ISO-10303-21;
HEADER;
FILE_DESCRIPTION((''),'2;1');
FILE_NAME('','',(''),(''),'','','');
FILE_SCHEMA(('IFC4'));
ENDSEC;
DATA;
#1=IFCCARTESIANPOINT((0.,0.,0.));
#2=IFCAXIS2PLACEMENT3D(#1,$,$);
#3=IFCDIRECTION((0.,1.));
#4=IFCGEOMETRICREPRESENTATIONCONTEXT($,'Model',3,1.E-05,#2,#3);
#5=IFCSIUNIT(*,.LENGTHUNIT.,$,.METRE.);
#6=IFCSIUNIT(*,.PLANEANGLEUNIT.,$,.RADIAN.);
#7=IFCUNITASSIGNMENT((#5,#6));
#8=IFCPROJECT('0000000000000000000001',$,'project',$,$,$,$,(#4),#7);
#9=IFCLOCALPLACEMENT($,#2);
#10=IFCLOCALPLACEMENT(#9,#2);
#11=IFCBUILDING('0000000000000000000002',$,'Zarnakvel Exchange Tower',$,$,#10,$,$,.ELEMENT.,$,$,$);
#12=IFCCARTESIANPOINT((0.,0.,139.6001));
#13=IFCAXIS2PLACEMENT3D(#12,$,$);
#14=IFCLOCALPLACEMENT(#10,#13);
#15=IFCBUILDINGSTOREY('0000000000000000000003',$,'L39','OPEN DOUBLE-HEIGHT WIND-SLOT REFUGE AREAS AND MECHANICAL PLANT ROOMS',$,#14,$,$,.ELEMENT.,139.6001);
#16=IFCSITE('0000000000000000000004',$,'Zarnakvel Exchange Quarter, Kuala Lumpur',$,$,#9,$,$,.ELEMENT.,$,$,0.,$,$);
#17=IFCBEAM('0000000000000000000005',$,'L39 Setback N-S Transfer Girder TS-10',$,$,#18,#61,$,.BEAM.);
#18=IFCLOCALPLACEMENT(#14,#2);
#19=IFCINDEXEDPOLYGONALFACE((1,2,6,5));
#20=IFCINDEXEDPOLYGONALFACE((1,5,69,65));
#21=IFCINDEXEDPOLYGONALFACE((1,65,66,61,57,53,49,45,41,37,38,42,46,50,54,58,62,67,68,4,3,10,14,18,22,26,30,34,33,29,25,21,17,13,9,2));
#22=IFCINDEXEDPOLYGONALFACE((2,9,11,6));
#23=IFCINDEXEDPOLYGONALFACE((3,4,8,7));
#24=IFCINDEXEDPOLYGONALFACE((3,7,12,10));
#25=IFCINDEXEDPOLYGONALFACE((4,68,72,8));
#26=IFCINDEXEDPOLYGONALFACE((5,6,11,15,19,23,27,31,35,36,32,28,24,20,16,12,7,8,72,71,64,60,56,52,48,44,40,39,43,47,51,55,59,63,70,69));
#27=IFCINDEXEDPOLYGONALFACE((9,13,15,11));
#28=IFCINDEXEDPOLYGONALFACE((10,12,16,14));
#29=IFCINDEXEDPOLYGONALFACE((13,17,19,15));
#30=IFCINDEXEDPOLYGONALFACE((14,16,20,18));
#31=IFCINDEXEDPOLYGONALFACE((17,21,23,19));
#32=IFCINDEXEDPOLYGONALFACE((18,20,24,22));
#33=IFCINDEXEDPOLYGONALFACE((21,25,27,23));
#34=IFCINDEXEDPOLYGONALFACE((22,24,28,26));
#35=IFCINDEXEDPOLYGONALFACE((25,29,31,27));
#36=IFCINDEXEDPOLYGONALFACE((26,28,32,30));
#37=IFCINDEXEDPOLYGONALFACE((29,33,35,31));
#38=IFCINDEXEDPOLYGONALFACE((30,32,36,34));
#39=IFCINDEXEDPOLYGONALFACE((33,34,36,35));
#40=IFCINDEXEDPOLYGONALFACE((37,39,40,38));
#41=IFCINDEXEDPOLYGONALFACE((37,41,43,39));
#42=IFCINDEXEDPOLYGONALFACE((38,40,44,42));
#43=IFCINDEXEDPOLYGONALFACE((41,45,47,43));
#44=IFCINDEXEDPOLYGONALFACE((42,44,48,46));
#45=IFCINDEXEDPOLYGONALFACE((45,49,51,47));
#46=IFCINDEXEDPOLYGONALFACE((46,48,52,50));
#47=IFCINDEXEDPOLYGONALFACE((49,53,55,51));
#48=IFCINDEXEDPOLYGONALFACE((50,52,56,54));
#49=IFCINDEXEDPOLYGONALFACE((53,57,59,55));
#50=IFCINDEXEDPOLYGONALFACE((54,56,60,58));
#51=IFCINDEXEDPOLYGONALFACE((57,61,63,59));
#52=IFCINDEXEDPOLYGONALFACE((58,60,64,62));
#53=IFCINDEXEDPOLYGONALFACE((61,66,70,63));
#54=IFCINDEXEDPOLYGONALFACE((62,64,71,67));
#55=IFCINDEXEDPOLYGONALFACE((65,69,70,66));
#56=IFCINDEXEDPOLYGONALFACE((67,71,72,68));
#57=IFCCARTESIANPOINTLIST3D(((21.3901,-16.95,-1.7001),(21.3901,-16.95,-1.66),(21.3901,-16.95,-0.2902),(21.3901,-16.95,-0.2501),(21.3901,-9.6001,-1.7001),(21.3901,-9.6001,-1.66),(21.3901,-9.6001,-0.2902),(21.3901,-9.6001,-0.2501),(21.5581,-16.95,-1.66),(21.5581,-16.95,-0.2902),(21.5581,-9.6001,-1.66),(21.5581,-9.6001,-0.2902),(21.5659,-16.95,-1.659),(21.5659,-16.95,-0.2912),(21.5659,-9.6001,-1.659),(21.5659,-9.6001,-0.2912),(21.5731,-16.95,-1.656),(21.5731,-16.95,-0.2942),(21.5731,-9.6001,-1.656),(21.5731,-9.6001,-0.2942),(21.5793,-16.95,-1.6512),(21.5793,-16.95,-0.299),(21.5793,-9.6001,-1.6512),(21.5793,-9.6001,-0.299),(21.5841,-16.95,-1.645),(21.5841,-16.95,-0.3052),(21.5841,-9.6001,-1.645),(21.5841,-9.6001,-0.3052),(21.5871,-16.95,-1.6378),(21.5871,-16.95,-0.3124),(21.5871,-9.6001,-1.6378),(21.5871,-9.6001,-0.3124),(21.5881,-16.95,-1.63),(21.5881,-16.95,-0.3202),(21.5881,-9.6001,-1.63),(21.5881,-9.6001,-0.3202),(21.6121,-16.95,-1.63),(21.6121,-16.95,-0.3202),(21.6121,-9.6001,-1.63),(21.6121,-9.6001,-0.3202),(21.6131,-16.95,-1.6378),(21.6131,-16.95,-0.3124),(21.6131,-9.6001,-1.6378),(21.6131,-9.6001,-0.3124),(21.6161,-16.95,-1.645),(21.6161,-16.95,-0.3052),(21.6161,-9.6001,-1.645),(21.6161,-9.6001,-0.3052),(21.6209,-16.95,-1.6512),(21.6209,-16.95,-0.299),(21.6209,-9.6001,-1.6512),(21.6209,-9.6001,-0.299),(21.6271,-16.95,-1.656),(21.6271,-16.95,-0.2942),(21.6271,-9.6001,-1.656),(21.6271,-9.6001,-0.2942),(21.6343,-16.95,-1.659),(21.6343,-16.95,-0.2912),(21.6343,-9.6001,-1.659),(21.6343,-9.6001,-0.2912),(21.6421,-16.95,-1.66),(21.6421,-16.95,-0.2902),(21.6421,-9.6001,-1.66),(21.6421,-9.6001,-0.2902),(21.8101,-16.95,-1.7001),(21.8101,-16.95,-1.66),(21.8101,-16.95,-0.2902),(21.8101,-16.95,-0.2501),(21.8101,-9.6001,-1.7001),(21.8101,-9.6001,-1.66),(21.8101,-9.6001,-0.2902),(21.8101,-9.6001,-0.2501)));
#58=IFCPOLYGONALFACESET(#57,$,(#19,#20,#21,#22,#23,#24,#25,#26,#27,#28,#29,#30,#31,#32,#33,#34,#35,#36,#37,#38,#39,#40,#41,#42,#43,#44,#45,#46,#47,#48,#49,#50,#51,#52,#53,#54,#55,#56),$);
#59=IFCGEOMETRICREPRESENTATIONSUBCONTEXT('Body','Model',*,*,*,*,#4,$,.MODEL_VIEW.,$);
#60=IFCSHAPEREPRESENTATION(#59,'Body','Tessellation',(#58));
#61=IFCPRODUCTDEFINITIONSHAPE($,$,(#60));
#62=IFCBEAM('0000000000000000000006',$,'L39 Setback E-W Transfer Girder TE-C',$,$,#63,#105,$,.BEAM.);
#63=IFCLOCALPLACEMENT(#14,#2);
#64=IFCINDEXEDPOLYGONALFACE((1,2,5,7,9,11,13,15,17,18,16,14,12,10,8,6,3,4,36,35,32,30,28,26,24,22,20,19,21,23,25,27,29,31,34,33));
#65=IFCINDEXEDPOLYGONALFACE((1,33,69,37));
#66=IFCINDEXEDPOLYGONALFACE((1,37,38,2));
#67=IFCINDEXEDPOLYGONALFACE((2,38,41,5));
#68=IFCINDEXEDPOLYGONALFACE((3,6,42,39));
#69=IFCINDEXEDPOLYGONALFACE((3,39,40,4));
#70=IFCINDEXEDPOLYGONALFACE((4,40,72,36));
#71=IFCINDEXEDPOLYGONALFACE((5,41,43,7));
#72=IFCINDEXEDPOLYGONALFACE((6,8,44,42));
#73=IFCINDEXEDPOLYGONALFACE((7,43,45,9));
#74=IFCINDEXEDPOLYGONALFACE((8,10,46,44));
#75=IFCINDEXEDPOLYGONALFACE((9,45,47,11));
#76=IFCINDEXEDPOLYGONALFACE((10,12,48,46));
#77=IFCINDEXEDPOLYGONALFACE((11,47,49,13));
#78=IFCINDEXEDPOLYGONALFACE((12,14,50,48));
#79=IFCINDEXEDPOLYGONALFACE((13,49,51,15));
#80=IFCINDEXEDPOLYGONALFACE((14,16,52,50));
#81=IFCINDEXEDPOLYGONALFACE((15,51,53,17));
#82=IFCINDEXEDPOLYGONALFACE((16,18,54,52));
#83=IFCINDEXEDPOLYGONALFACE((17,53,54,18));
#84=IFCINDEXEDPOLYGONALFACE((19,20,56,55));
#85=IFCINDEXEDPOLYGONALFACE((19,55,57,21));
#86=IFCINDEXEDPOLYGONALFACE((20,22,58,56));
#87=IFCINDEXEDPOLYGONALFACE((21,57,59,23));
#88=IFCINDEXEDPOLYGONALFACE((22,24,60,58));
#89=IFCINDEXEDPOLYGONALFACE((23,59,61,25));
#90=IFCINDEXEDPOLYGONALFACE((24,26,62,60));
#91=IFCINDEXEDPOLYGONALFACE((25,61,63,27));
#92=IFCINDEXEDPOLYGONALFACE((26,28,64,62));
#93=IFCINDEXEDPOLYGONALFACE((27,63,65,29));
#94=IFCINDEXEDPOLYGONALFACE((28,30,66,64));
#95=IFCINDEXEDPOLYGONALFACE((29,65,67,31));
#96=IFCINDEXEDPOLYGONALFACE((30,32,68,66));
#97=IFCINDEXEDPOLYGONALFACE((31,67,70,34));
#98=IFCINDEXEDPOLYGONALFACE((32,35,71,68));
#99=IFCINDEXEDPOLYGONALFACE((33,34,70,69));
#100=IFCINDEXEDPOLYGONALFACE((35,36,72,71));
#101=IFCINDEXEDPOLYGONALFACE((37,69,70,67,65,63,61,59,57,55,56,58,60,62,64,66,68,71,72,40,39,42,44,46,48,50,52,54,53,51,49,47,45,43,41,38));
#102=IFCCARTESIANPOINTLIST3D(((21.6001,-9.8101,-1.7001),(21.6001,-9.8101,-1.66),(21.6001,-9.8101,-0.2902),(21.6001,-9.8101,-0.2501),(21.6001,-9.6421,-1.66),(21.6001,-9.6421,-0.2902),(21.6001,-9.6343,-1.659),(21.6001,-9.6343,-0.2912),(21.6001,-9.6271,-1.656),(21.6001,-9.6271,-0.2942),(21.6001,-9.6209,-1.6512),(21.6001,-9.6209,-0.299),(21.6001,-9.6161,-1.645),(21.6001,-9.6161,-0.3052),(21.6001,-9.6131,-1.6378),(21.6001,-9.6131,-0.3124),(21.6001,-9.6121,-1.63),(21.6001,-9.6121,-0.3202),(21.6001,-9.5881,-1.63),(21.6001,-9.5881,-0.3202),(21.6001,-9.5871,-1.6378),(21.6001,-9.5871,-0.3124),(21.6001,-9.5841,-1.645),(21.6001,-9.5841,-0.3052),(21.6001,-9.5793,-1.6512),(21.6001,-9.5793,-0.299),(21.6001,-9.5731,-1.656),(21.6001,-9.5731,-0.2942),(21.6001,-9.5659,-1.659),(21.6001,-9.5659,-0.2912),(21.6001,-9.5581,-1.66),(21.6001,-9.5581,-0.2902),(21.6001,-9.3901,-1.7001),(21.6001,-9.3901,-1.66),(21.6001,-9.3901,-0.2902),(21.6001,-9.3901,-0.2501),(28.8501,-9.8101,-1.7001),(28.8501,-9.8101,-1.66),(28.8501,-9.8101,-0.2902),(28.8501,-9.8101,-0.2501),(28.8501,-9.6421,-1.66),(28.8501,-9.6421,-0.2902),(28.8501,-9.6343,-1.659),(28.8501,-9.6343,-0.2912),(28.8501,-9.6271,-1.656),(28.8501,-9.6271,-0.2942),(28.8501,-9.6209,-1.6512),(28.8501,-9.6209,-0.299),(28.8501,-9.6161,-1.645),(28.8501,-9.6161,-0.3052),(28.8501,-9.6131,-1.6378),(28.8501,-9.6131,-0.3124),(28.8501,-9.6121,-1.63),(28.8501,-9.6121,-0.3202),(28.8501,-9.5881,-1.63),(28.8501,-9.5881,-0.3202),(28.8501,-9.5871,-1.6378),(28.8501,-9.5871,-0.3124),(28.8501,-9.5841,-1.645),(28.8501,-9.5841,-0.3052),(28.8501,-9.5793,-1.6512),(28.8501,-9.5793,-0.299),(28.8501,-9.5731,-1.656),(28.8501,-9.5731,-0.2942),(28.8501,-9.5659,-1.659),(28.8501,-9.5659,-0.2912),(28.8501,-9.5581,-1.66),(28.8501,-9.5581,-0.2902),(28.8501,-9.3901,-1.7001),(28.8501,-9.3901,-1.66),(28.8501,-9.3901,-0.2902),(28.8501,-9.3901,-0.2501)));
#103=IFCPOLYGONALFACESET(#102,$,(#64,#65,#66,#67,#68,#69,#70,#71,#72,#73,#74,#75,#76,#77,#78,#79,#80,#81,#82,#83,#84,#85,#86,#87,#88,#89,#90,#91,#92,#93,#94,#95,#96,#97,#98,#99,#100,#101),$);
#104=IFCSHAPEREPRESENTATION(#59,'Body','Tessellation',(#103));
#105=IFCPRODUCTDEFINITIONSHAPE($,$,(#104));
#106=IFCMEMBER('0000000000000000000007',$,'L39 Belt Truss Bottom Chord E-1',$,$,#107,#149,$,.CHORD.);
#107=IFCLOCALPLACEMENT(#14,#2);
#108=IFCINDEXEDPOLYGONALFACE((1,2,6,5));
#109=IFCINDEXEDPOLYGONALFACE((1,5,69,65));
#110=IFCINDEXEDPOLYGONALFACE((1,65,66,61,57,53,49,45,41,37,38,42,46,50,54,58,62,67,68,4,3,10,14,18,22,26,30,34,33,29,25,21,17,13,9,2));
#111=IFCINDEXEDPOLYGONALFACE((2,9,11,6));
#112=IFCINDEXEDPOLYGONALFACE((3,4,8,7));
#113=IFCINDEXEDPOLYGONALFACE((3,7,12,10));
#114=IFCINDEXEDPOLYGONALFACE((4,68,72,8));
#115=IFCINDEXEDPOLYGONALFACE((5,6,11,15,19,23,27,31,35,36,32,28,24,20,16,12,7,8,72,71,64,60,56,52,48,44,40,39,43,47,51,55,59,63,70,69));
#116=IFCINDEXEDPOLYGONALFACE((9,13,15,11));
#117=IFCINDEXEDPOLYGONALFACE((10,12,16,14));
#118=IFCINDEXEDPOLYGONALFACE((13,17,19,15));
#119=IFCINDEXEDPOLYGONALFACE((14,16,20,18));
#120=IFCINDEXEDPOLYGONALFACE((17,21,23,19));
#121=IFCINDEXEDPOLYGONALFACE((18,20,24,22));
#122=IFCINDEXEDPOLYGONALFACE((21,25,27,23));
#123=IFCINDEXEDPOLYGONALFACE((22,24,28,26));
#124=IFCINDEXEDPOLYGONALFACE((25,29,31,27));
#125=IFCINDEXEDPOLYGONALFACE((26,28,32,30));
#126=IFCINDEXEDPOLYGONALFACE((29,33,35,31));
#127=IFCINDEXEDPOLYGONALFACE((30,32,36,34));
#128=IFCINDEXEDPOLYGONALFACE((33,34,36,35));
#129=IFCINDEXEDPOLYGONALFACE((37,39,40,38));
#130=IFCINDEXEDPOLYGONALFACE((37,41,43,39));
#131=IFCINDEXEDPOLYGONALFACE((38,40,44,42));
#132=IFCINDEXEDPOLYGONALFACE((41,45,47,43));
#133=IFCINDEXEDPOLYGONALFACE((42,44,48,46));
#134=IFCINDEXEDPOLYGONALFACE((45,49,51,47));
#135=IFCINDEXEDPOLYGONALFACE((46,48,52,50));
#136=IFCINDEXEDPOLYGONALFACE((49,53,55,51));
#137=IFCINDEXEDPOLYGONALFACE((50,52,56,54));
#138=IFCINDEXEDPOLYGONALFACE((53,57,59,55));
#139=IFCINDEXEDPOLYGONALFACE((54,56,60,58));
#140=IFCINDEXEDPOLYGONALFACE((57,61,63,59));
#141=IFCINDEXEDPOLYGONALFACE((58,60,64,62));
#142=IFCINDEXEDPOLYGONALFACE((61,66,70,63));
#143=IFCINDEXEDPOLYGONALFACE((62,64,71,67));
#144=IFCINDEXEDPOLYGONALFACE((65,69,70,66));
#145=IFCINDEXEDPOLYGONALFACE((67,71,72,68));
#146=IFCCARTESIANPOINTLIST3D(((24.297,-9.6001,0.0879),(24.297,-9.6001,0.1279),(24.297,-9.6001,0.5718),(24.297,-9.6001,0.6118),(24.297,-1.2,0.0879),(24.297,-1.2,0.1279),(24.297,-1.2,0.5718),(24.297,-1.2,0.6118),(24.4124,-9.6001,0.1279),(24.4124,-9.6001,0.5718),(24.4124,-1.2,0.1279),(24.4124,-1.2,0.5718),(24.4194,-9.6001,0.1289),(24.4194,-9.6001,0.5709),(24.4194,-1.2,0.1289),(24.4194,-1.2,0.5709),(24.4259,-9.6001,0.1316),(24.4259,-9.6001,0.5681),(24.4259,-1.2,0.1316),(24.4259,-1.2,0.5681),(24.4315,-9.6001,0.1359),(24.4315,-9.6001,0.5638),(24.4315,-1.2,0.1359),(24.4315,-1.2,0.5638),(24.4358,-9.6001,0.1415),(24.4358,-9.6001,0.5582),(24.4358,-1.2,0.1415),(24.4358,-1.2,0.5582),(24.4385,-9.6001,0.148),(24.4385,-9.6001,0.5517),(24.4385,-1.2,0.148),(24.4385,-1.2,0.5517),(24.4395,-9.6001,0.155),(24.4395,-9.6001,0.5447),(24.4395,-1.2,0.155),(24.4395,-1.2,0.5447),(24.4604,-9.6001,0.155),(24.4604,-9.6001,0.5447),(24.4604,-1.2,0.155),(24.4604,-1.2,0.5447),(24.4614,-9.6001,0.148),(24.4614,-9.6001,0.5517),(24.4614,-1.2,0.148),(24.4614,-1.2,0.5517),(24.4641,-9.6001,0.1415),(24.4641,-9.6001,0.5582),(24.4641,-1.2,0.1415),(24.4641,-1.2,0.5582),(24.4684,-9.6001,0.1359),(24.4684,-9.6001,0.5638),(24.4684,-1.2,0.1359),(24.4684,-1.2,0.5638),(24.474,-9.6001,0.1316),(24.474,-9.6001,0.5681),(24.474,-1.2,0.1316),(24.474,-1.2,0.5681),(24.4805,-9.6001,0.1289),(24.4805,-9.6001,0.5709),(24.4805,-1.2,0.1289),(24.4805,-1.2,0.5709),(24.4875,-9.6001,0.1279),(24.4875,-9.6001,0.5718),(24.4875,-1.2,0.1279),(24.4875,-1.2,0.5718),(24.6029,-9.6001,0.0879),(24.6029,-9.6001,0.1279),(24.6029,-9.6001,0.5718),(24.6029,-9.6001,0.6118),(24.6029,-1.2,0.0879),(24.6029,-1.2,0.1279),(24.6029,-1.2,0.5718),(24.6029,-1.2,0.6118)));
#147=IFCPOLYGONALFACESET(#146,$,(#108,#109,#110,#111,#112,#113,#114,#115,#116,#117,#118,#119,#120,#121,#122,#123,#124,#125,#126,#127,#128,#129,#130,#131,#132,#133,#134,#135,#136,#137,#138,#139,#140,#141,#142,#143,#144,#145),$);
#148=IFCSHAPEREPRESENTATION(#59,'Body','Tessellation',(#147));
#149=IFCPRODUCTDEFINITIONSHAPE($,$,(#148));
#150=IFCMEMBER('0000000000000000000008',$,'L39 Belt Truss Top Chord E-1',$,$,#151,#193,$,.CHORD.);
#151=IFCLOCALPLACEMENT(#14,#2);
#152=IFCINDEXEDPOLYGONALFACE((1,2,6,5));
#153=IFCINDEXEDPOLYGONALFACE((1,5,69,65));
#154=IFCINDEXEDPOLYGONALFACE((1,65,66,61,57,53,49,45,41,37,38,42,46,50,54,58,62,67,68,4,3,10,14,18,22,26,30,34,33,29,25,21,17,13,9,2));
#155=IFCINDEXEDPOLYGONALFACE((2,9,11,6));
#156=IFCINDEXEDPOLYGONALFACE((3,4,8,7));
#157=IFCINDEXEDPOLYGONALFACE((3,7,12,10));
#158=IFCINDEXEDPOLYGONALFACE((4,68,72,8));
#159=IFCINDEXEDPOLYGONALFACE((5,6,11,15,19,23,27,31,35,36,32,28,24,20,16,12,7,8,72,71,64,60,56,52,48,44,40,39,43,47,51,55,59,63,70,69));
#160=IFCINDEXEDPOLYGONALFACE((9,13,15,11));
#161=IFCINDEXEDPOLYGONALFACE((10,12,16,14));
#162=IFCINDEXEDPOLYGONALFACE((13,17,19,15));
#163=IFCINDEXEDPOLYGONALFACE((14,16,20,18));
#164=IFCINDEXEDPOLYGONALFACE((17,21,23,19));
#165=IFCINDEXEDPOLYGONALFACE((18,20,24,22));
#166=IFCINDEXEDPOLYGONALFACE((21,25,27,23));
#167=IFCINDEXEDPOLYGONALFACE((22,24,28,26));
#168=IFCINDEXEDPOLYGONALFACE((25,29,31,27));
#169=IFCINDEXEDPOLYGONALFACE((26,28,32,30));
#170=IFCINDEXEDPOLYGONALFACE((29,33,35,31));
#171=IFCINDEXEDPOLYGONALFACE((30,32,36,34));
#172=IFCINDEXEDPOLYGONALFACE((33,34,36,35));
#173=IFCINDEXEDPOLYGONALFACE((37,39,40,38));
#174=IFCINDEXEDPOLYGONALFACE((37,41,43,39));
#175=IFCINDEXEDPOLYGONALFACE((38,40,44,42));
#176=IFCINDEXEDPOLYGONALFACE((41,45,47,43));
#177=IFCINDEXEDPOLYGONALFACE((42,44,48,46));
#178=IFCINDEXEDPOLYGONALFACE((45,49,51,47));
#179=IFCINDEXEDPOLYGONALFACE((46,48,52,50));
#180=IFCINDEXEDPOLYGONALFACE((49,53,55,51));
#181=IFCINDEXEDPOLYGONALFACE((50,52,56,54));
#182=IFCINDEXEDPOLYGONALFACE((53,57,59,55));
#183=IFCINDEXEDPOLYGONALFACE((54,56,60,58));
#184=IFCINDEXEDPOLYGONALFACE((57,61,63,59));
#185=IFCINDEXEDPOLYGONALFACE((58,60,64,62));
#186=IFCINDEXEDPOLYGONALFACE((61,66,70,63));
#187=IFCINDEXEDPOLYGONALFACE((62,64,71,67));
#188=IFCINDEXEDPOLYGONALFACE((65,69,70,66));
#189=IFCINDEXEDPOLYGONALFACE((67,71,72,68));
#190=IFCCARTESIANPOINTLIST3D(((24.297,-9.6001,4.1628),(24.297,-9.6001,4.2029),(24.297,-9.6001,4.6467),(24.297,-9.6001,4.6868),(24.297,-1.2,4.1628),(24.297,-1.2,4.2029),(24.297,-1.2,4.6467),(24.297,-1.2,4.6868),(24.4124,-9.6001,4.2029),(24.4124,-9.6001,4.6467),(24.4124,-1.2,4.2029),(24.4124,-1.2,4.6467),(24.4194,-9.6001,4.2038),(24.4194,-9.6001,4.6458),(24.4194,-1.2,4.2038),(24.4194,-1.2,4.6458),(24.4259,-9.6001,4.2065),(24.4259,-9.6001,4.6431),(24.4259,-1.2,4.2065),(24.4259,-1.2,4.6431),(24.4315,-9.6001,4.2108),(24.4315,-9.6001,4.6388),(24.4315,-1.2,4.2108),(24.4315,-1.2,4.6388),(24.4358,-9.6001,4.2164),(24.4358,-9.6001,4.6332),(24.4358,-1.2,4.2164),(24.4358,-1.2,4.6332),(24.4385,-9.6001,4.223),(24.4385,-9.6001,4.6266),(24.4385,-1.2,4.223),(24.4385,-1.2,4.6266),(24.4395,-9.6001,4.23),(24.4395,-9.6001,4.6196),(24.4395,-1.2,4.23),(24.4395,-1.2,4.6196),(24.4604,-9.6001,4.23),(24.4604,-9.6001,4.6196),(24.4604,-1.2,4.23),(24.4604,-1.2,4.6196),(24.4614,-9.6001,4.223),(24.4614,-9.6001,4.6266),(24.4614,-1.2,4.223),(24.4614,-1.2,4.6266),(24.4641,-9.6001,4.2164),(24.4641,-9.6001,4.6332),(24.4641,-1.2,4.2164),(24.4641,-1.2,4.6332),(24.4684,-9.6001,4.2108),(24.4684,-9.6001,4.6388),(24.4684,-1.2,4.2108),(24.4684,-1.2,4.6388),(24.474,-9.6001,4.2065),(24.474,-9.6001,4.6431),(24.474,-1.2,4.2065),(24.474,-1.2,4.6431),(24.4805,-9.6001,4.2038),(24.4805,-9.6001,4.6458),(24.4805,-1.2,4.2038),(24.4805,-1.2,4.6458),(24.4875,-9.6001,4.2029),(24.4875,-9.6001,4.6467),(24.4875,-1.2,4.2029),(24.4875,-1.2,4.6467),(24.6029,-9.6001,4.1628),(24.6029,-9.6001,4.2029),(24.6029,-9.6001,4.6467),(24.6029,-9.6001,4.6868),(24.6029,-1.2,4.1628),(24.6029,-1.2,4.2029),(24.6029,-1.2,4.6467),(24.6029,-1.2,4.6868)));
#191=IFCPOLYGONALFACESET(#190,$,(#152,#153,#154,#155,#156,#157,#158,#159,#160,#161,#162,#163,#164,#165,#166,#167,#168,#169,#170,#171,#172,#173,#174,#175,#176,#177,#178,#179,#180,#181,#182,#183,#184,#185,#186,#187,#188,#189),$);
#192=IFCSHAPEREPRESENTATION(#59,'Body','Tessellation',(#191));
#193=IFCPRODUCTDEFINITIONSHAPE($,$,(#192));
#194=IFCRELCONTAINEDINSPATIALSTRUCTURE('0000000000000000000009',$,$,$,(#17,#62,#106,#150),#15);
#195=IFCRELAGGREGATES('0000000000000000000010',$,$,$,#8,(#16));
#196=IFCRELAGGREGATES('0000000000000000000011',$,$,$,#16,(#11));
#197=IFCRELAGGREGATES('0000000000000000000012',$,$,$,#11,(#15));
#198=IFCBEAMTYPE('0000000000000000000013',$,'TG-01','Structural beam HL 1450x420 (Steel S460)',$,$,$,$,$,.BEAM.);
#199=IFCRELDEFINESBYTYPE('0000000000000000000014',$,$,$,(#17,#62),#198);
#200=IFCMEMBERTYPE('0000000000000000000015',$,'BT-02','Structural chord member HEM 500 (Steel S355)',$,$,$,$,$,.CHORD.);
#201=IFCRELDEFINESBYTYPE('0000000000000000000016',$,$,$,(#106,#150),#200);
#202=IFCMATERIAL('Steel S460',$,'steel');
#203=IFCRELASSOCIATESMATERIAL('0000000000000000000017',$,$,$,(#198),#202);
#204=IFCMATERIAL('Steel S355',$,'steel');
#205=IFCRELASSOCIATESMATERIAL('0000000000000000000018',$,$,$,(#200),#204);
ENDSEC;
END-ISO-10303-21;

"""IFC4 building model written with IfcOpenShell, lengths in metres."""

from ifc_helpers import new_model, si_unit, direction, frame, origin, origin_2d, place, context, subcontext, project, spatial, i_section, extrude, source, transform, mapped, material, material_profile, profile_set, type_object, element, save


model = new_model("IFC4")

# Units and contexts
model_context = context("Model", 3, precision=1e-05, world=origin(), true_north=direction((0.0, 1.0)))
body_context = subcontext(model_context, "Body", "Model", "MODEL_VIEW")
ifc_project = project(units=[si_unit("LENGTHUNIT", "METRE"), si_unit("PLANEANGLEUNIT", "RADIAN")], contexts=[model_context])

# Site, building, storey
site_placement = place(None, origin())
site = spatial("IfcSite", under=ifc_project, at=site_placement, Name="Zarnakvel Exchange Quarter, Kuala Lumpur", CompositionType="ELEMENT", RefElevation=0.0)
building_placement = place(site_placement, origin())
building = spatial("IfcBuilding", under=site, at=building_placement, Name="Zarnakvel Exchange Tower", CompositionType="ELEMENT")
storey_placement = place(building_placement, frame((0.0, 0.0, 139.6001)))
storey = spatial("IfcBuildingStorey", under=building, at=storey_placement, Name="L39", Description="OPEN DOUBLE-HEIGHT WIND-SLOT REFUGE AREAS AND MECHANICAL PLANT ROOMS", CompositionType="ELEMENT", Elevation=139.6001)

# Shared definitions
ifc_material_1 = material(Name="Steel S355", Category="steel")

# Beams
ifc_material_2 = material(Name="Steel S460", Category="steel")
ifc_material_profile_1 = material_profile(ifc_material_2, i_section(OverallWidth=0.4199, OverallDepth=1.45, WebThickness=0.0239, FlangeThickness=0.04, FilletRadius=0.03, at=origin_2d()))
ifc_profile_set_1 = profile_set([ifc_material_profile_1], Name="Steel S460")
beam_type_1 = type_object("IfcBeamType", Name="TG-01", Description="Structural beam HL 1450x420 (Steel S460)", PredefinedType="BEAM", material=ifc_profile_set_1)
beam_1_placement = place(storey_placement, frame((21.6001, -16.95, -0.9751), z_axis=(0.0, 1.0, 0.0), x_axis=(-1.0, 0.0, 0.0)))
element("IfcBeam", 1, at=beam_1_placement, inside=storey, type_object=beam_type_1, Name="L39 Setback N-S Transfer Girder TS-10", PredefinedType="BEAM", context=body_context, shape_type="SweptSolid", body=[
    extrude(i_section(OverallWidth=0.4199, OverallDepth=1.45, WebThickness=0.0239, FlangeThickness=0.04, FilletRadius=0.03, at=origin_2d()), origin(), (0.0, 0.0, 1.0), 7.3499),
])
beam_2_placement = place(storey_placement, frame((21.6001, -9.6001, -0.9751), z_axis=(1.0, 0.0, 0.0), x_axis=(0.0, 1.0, 0.0)))
element("IfcBeam", 2, at=beam_2_placement, inside=storey, type_object=beam_type_1, Name="L39 Setback E-W Transfer Girder TE-C", PredefinedType="BEAM", context=body_context, shape_type="SweptSolid", body=[
    extrude(i_section(OverallWidth=0.4199, OverallDepth=1.45, WebThickness=0.0239, FlangeThickness=0.04, FilletRadius=0.03, at=origin_2d()), origin(), (0.0, 0.0, 1.0), 7.25),
])

# Members
ifc_material_profile_2 = material_profile(ifc_material_1, i_section(OverallWidth=0.3059, OverallDepth=0.5239, WebThickness=0.021, FlangeThickness=0.04, FilletRadius=0.0271, at=origin_2d()))
ifc_profile_set_2 = profile_set([ifc_material_profile_2], Name="Steel S355")
member_type_1 = type_object("IfcMemberType", Name="BT-02", Description="Structural chord member HEM 500 (Steel S355)", PredefinedType="CHORD", material=ifc_profile_set_2)
shared_shape_1 = source(origin(), body_context, "Body", "SweptSolid", [
    extrude(i_section(OverallWidth=0.3059, OverallDepth=0.5239, WebThickness=0.021, FlangeThickness=0.04, FilletRadius=0.0271, at=origin_2d()), origin(), (0.0, 0.0, 1.0), 8.4001),
])
for number, where, z_axis, x_axis, name in (
    (3, (24.45, -9.6001, 0.3499), (0.0, 1.0, 0.0), (-1.0, 0.0, 0.0), "L39 Belt Truss Bottom Chord E-1"),
    (4, (24.45, -9.6001, 4.4248), (0.0, 1.0, 0.0), (-1.0, 0.0, 0.0), "L39 Belt Truss Top Chord E-1"),
):
    element("IfcMember", number, at=place(storey_placement, frame(where, z_axis=z_axis, x_axis=x_axis)), inside=storey, type_object=member_type_1, Name=name, PredefinedType="CHORD", context=body_context, shape_type="MappedRepresentation", body=[
        mapped(shared_shape_1, transform((0.0, 0.0, 0.0), x_axis=(1.0, 0.0, 0.0), y_axis=(0.0, 1.0, 0.0), z_axis=(0.0, 0.0, 1.0), scale=1.0)),
    ])

save(model, "model.ifc")
